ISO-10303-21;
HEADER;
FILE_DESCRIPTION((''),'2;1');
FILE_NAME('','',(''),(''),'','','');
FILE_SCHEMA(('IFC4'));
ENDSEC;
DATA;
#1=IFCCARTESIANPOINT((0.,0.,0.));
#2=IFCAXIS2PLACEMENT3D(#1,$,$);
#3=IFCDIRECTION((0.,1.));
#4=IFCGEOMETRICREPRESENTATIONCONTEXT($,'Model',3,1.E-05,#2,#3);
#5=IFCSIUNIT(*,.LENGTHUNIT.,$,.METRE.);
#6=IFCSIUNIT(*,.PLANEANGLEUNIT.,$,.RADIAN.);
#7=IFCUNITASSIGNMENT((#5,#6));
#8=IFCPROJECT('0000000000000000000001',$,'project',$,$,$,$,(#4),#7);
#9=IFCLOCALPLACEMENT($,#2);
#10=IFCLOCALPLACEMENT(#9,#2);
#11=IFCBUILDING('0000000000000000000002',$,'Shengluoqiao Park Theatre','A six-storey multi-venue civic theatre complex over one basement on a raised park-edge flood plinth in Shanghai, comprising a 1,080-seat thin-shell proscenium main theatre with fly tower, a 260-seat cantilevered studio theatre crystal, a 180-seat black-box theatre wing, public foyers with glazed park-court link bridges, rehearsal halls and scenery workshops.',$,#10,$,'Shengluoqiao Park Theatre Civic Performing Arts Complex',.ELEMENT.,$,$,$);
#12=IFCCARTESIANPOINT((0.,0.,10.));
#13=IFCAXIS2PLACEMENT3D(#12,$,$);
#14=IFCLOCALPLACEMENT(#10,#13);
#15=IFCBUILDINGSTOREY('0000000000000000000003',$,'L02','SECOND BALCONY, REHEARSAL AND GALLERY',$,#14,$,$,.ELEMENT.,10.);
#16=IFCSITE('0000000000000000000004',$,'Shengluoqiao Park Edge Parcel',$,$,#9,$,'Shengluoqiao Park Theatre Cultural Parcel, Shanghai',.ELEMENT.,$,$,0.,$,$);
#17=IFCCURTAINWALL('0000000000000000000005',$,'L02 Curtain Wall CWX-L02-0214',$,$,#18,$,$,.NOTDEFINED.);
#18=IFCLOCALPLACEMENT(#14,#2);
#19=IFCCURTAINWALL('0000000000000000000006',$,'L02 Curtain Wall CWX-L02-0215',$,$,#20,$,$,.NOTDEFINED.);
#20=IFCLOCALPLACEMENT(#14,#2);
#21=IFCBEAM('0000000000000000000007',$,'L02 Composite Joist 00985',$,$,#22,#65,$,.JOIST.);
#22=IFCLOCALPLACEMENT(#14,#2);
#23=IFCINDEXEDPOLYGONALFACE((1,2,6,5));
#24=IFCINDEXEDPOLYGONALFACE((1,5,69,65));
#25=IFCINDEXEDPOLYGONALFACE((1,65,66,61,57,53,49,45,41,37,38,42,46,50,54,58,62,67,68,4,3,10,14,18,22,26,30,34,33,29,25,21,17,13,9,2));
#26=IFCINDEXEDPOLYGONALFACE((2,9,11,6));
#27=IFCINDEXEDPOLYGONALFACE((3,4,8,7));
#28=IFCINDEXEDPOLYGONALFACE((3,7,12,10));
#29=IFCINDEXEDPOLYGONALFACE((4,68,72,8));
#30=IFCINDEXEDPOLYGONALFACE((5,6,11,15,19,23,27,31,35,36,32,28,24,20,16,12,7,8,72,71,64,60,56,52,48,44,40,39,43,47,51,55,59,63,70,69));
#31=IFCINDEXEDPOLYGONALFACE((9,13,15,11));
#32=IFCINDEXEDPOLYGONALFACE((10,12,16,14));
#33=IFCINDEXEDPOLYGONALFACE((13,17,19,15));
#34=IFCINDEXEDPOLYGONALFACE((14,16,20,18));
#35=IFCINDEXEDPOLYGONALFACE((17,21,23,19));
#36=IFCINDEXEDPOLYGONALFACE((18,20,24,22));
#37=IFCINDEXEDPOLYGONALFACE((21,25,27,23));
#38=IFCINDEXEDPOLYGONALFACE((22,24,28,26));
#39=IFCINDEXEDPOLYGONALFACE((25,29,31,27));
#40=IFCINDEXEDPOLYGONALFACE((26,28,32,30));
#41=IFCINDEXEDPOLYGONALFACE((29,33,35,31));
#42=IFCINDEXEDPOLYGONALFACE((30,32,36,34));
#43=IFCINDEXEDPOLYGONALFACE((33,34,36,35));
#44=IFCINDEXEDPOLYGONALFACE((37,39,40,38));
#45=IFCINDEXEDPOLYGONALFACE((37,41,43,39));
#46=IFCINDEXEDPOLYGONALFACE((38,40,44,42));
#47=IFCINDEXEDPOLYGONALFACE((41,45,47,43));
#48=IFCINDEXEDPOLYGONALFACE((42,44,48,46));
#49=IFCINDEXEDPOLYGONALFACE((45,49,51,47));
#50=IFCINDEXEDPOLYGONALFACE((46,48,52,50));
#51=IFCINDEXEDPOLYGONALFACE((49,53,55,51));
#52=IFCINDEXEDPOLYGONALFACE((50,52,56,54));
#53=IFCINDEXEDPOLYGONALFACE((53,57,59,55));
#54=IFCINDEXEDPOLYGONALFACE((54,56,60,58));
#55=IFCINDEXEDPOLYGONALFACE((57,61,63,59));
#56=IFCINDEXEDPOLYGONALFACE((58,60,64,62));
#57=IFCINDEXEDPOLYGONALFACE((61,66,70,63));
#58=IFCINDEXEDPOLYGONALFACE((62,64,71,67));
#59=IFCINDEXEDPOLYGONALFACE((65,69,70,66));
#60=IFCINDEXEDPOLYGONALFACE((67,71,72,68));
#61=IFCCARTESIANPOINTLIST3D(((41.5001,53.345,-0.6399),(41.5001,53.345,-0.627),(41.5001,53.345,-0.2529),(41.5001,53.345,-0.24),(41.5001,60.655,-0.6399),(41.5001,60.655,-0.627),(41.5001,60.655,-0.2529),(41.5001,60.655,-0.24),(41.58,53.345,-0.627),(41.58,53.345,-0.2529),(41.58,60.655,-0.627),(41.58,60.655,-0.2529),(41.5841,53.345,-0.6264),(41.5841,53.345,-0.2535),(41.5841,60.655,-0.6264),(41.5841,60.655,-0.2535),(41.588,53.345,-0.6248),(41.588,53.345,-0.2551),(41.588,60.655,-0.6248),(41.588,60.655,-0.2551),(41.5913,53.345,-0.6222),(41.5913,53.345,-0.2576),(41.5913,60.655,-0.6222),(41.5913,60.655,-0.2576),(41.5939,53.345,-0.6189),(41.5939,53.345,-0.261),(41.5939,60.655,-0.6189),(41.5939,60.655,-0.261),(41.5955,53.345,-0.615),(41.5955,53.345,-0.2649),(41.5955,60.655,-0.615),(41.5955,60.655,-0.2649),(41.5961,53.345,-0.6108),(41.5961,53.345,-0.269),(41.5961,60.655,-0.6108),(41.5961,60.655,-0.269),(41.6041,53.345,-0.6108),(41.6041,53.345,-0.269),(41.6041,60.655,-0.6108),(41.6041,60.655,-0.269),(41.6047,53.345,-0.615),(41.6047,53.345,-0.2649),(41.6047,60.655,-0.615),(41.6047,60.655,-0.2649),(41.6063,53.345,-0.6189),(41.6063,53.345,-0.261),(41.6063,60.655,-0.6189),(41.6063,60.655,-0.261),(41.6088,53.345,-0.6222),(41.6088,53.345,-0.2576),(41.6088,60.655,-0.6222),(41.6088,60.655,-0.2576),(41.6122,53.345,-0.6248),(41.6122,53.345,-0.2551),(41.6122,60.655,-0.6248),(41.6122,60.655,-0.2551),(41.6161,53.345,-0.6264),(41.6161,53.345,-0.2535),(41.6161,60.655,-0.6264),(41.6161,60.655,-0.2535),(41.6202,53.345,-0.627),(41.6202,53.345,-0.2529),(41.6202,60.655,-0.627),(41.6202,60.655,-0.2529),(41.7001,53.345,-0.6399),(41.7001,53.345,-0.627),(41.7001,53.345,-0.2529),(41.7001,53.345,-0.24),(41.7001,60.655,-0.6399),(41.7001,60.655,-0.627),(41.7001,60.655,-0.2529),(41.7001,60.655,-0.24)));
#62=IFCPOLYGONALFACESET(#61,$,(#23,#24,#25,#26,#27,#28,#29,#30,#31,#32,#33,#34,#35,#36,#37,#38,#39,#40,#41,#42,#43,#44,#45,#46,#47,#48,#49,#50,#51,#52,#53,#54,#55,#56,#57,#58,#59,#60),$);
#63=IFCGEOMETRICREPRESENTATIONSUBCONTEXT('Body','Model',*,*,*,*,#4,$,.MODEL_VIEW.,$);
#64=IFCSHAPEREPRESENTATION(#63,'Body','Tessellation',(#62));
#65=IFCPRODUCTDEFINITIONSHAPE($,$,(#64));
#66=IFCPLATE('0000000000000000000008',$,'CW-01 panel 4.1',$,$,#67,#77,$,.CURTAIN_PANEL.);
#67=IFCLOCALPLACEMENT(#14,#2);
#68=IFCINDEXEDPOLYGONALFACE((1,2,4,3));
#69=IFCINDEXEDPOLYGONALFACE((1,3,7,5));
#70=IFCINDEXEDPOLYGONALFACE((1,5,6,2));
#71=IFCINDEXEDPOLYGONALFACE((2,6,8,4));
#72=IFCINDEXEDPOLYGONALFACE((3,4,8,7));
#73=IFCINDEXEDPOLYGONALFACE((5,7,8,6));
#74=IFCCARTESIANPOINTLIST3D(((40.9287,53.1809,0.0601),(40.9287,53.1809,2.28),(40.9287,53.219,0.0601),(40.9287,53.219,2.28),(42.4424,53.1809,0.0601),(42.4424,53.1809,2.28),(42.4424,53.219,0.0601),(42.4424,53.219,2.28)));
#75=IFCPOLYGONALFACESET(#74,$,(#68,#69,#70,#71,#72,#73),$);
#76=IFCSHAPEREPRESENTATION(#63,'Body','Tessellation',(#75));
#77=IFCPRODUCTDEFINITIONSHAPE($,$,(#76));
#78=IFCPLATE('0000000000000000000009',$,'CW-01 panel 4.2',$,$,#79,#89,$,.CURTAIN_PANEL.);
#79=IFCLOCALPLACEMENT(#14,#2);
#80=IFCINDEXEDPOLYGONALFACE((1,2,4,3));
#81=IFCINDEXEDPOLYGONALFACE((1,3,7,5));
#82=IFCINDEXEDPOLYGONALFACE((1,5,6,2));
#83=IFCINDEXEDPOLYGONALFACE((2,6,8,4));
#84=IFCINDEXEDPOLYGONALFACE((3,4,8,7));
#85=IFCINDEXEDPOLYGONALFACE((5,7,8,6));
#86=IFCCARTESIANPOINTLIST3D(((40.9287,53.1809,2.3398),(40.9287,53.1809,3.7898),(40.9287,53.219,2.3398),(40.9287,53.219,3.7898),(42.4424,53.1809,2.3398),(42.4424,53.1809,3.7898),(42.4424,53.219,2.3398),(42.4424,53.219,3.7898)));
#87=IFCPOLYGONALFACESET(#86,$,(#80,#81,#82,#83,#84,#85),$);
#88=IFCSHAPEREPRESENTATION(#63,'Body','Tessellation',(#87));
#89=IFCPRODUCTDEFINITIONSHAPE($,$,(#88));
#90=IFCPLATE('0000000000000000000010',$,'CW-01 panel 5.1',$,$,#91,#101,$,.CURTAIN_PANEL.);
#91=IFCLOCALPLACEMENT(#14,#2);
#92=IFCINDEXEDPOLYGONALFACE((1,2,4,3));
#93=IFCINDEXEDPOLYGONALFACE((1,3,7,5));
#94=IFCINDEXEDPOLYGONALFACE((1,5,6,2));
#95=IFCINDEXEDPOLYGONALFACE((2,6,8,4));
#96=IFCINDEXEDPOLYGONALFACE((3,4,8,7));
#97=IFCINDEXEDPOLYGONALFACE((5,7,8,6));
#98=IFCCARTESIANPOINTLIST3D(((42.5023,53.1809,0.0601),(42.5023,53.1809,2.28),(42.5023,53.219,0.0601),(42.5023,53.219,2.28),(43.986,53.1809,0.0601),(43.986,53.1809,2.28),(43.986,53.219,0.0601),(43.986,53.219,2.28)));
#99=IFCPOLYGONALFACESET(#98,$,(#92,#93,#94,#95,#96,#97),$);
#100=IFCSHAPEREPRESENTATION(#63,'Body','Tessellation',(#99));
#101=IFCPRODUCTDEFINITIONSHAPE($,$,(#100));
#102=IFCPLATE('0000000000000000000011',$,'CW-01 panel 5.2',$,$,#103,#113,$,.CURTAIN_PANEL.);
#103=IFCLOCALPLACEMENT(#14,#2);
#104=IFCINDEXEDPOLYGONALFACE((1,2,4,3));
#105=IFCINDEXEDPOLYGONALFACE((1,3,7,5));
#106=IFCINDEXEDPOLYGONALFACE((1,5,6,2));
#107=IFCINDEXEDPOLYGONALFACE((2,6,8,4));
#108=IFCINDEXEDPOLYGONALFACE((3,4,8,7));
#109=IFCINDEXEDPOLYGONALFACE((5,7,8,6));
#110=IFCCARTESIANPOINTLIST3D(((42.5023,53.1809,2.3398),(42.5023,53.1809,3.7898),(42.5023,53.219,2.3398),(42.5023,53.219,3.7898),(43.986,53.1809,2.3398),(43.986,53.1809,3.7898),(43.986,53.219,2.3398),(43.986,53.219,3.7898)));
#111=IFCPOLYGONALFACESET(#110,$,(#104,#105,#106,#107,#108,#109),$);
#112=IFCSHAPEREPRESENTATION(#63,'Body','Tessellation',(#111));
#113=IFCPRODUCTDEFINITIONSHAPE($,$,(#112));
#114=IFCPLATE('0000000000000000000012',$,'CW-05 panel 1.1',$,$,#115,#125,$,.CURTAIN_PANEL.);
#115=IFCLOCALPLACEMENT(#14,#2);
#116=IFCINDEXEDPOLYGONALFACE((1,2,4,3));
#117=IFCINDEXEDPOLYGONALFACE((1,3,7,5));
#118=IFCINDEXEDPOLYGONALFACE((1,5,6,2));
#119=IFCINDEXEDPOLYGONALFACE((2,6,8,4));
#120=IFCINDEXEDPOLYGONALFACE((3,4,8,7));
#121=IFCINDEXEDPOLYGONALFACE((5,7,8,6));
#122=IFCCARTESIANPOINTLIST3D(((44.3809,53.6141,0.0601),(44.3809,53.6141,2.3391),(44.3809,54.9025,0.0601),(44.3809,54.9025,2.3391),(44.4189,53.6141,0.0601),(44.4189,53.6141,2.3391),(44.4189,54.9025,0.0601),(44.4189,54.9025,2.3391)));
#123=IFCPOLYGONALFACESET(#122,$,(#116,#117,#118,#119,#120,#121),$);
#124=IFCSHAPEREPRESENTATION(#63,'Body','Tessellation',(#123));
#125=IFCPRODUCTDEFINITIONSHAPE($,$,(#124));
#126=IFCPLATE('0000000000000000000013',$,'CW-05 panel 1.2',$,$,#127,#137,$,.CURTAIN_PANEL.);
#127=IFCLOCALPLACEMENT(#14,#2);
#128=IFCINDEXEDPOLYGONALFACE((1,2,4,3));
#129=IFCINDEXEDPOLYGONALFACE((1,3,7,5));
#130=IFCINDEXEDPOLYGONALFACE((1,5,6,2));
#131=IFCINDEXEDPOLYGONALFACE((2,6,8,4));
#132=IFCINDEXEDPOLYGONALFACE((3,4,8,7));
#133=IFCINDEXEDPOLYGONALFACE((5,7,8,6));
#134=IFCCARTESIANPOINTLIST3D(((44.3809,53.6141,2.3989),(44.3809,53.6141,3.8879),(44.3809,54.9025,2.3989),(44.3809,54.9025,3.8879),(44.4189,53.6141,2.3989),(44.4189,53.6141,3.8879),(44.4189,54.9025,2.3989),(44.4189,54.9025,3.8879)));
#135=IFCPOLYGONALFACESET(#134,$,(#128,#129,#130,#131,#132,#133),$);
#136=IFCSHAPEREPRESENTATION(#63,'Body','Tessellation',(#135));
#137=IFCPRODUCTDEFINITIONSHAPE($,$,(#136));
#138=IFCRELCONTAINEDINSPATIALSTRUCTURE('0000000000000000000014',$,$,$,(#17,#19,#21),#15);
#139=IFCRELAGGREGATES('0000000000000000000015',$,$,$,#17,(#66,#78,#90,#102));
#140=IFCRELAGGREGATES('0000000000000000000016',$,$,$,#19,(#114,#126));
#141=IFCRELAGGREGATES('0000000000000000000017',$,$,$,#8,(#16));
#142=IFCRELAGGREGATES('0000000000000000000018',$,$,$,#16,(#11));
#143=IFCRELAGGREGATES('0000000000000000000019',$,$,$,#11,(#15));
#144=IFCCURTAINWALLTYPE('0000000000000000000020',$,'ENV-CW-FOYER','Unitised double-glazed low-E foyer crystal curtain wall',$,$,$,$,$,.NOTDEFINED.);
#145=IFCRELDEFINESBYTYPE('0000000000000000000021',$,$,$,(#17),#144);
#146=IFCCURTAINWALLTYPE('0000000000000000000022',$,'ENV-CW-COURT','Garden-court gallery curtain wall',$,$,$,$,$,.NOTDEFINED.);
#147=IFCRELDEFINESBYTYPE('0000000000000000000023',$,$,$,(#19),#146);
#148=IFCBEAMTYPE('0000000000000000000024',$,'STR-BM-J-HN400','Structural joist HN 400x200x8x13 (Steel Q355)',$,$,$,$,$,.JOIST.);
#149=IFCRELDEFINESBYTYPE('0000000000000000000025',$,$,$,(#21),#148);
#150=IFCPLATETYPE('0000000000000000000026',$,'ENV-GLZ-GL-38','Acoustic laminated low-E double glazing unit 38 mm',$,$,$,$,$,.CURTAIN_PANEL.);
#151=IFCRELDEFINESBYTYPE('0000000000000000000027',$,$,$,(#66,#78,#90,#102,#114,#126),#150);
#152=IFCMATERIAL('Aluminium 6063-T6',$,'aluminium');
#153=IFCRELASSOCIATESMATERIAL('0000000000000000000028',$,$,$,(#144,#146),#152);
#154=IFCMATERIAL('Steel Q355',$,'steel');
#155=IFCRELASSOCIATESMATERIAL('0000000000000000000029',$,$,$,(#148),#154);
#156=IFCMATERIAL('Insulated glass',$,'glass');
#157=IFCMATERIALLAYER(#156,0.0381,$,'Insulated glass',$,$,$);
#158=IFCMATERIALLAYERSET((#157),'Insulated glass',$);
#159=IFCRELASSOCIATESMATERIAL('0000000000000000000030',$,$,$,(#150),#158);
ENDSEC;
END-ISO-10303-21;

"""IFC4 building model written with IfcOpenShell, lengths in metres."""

from ifc_helpers import new_model, si_unit, direction, frame, origin, origin_2d, place, context, subcontext, project, spatial, rectangle, i_section, extrude, material, layer, layer_set, material_profile, profile_set, type_object, element, aggregate, save


model = new_model("IFC4")

# Units and contexts
model_context = context("Model", 3, precision=1e-05, world=origin(), true_north=direction((0.0, 1.0)))
body_context = subcontext(model_context, "Body", "Model", "MODEL_VIEW")
ifc_project = project(units=[si_unit("LENGTHUNIT", "METRE"), si_unit("PLANEANGLEUNIT", "RADIAN")], contexts=[model_context])

# Site, building, storey
site_placement = place(None, origin())
site = spatial("IfcSite", under=ifc_project, at=site_placement, Name="Shengluoqiao Park Edge Parcel", LongName="Shengluoqiao Park Theatre Cultural Parcel, Shanghai", CompositionType="ELEMENT", RefElevation=0.0)
building_placement = place(site_placement, origin())
building = spatial("IfcBuilding", under=site, at=building_placement, Name="Shengluoqiao Park Theatre", Description="A six-storey multi-venue civic theatre complex over one basement on a raised park-edge flood plinth in Shanghai, comprising a 1,080-seat thin-shell proscenium main theatre with fly tower, a 260-seat cantilevered studio theatre crystal, a 180-seat black-box theatre wing, public foyers with glazed park-court link bridges, rehearsal halls and scenery workshops.", LongName="Shengluoqiao Park Theatre Civic Performing Arts Complex", CompositionType="ELEMENT")
storey_placement = place(building_placement, frame((0.0, 0.0, 10.0)))
storey = spatial("IfcBuildingStorey", under=building, at=storey_placement, Name="L02", Description="SECOND BALCONY, REHEARSAL AND GALLERY", CompositionType="ELEMENT", Elevation=10.0)

# Curtain walls
ifc_material_1 = material(Name="Aluminium 6063-T6", Category="aluminium")
curtain_wall_type_1 = type_object("IfcCurtainWallType", Name="ENV-CW-FOYER", Description="Unitised double-glazed low-E foyer crystal curtain wall", PredefinedType="NOTDEFINED", material=ifc_material_1)
curtain_wall_1_placement = place(storey_placement, origin())
curtain_wall_1 = element("IfcCurtainWall", 1, at=curtain_wall_1_placement, inside=storey, type_object=curtain_wall_type_1, Name="L02 Curtain Wall CWX-L02-0214", PredefinedType="NOTDEFINED")
curtain_wall_type_2 = type_object("IfcCurtainWallType", Name="ENV-CW-COURT", Description="Garden-court gallery curtain wall", PredefinedType="NOTDEFINED", material=ifc_material_1)
curtain_wall_2_placement = place(storey_placement, origin())
curtain_wall_2 = element("IfcCurtainWall", 2, at=curtain_wall_2_placement, inside=storey, type_object=curtain_wall_type_2, Name="L02 Curtain Wall CWX-L02-0215", PredefinedType="NOTDEFINED")

# Beam
ifc_material_2 = material(Name="Steel Q355", Category="steel")
ifc_material_profile_1 = material_profile(ifc_material_2, i_section(OverallWidth=0.2, OverallDepth=0.3999, WebThickness=0.0081, FlangeThickness=0.0129, FilletRadius=0.0161, at=origin_2d()), Name="HN 400x200x8x13")
ifc_profile_set_1 = profile_set([ifc_material_profile_1], Name="Steel Q355")
beam_type_1 = type_object("IfcBeamType", Name="STR-BM-J-HN400", Description="Structural joist HN 400x200x8x13 (Steel Q355)", PredefinedType="JOIST", material=ifc_profile_set_1)
beam_1_placement = place(storey_placement, frame((41.6001, 53.345, -0.4399), z_axis=(0.0, 1.0, 0.0), x_axis=(-1.0, 0.0, 0.0)))
element("IfcBeam", 3, at=beam_1_placement, inside=storey, type_object=beam_type_1, Name="L02 Composite Joist 00985", PredefinedType="JOIST", context=body_context, shape_type="SweptSolid", body=[
    extrude(i_section(OverallWidth=0.2, OverallDepth=0.3999, WebThickness=0.0081, FlangeThickness=0.0129, FilletRadius=0.0161, at=origin_2d()), origin(), (0.0, 0.0, 1.0), 7.3101),
])

# Plates
ifc_material_3 = material(Name="Insulated glass", Category="glass")
ifc_layer = layer(ifc_material_3, 0.0381, Name="Insulated glass")
ifc_layer_set = layer_set([ifc_layer], Name="Insulated glass")
plate_type = type_object("IfcPlateType", Name="ENV-GLZ-GL-38", Description="Acoustic laminated low-E double glazing unit 38 mm", PredefinedType="CURTAIN_PANEL", material=ifc_layer_set)
plate_1_placement = place(storey_placement, frame((41.6855, 53.2, 0.0601), z_axis=(0.0, 0.0, 1.0), x_axis=(1.0, 0.0, 0.0)))
plate_1 = element("IfcPlate", 4, at=plate_1_placement, type_object=plate_type, Name="CW-01 panel 4.1", PredefinedType="CURTAIN_PANEL", context=body_context, shape_type="SweptSolid", body=[
    extrude(rectangle(XDim=1.5137, YDim=0.0381, at=origin_2d()), origin(), (0.0, 0.0, 1.0), 2.22),
])
plate_2_placement = place(storey_placement, frame((41.6855, 53.2, 2.3398), z_axis=(0.0, 0.0, 1.0), x_axis=(1.0, 0.0, 0.0)))
plate_2 = element("IfcPlate", 5, at=plate_2_placement, type_object=plate_type, Name="CW-01 panel 4.2", PredefinedType="CURTAIN_PANEL", context=body_context, shape_type="SweptSolid", body=[
    extrude(rectangle(XDim=1.5137, YDim=0.0381, at=origin_2d()), origin(), (0.0, 0.0, 1.0), 1.45),
])
plate_3_placement = place(storey_placement, frame((43.2441, 53.2, 0.0601), z_axis=(0.0, 0.0, 1.0), x_axis=(1.0, 0.0, 0.0)))
plate_3 = element("IfcPlate", 6, at=plate_3_placement, type_object=plate_type, Name="CW-01 panel 5.1", PredefinedType="CURTAIN_PANEL", context=body_context, shape_type="SweptSolid", body=[
    extrude(rectangle(XDim=1.4836, YDim=0.0381, at=origin_2d()), origin(), (0.0, 0.0, 1.0), 2.22),
])
plate_4_placement = place(storey_placement, frame((43.2441, 53.2, 2.3398), z_axis=(0.0, 0.0, 1.0), x_axis=(1.0, 0.0, 0.0)))
plate_4 = element("IfcPlate", 7, at=plate_4_placement, type_object=plate_type, Name="CW-01 panel 5.2", PredefinedType="CURTAIN_PANEL", context=body_context, shape_type="SweptSolid", body=[
    extrude(rectangle(XDim=1.4836, YDim=0.0381, at=origin_2d()), origin(), (0.0, 0.0, 1.0), 1.45),
])
aggregate(curtain_wall_1, [plate_1, plate_2, plate_3, plate_4])
plate_5_placement = place(storey_placement, frame((44.3999, 54.2583, 0.0601), z_axis=(0.0, 0.0, 1.0), x_axis=(0.0, 1.0, 0.0)))
plate_5 = element("IfcPlate", 8, at=plate_5_placement, type_object=plate_type, Name="CW-05 panel 1.1", PredefinedType="CURTAIN_PANEL", context=body_context, shape_type="SweptSolid", body=[
    extrude(rectangle(XDim=1.2883, YDim=0.0381, at=origin_2d()), origin(), (0.0, 0.0, 1.0), 2.2791),
])
plate_6_placement = place(storey_placement, frame((44.3999, 54.2583, 2.3989), z_axis=(0.0, 0.0, 1.0), x_axis=(0.0, 1.0, 0.0)))
plate_6 = element("IfcPlate", 9, at=plate_6_placement, type_object=plate_type, Name="CW-05 panel 1.2", PredefinedType="CURTAIN_PANEL", context=body_context, shape_type="SweptSolid", body=[
    extrude(rectangle(XDim=1.2883, YDim=0.0381, at=origin_2d()), origin(), (0.0, 0.0, 1.0), 1.489),
])
aggregate(curtain_wall_2, [plate_5, plate_6])

save(model, "model.ifc")
